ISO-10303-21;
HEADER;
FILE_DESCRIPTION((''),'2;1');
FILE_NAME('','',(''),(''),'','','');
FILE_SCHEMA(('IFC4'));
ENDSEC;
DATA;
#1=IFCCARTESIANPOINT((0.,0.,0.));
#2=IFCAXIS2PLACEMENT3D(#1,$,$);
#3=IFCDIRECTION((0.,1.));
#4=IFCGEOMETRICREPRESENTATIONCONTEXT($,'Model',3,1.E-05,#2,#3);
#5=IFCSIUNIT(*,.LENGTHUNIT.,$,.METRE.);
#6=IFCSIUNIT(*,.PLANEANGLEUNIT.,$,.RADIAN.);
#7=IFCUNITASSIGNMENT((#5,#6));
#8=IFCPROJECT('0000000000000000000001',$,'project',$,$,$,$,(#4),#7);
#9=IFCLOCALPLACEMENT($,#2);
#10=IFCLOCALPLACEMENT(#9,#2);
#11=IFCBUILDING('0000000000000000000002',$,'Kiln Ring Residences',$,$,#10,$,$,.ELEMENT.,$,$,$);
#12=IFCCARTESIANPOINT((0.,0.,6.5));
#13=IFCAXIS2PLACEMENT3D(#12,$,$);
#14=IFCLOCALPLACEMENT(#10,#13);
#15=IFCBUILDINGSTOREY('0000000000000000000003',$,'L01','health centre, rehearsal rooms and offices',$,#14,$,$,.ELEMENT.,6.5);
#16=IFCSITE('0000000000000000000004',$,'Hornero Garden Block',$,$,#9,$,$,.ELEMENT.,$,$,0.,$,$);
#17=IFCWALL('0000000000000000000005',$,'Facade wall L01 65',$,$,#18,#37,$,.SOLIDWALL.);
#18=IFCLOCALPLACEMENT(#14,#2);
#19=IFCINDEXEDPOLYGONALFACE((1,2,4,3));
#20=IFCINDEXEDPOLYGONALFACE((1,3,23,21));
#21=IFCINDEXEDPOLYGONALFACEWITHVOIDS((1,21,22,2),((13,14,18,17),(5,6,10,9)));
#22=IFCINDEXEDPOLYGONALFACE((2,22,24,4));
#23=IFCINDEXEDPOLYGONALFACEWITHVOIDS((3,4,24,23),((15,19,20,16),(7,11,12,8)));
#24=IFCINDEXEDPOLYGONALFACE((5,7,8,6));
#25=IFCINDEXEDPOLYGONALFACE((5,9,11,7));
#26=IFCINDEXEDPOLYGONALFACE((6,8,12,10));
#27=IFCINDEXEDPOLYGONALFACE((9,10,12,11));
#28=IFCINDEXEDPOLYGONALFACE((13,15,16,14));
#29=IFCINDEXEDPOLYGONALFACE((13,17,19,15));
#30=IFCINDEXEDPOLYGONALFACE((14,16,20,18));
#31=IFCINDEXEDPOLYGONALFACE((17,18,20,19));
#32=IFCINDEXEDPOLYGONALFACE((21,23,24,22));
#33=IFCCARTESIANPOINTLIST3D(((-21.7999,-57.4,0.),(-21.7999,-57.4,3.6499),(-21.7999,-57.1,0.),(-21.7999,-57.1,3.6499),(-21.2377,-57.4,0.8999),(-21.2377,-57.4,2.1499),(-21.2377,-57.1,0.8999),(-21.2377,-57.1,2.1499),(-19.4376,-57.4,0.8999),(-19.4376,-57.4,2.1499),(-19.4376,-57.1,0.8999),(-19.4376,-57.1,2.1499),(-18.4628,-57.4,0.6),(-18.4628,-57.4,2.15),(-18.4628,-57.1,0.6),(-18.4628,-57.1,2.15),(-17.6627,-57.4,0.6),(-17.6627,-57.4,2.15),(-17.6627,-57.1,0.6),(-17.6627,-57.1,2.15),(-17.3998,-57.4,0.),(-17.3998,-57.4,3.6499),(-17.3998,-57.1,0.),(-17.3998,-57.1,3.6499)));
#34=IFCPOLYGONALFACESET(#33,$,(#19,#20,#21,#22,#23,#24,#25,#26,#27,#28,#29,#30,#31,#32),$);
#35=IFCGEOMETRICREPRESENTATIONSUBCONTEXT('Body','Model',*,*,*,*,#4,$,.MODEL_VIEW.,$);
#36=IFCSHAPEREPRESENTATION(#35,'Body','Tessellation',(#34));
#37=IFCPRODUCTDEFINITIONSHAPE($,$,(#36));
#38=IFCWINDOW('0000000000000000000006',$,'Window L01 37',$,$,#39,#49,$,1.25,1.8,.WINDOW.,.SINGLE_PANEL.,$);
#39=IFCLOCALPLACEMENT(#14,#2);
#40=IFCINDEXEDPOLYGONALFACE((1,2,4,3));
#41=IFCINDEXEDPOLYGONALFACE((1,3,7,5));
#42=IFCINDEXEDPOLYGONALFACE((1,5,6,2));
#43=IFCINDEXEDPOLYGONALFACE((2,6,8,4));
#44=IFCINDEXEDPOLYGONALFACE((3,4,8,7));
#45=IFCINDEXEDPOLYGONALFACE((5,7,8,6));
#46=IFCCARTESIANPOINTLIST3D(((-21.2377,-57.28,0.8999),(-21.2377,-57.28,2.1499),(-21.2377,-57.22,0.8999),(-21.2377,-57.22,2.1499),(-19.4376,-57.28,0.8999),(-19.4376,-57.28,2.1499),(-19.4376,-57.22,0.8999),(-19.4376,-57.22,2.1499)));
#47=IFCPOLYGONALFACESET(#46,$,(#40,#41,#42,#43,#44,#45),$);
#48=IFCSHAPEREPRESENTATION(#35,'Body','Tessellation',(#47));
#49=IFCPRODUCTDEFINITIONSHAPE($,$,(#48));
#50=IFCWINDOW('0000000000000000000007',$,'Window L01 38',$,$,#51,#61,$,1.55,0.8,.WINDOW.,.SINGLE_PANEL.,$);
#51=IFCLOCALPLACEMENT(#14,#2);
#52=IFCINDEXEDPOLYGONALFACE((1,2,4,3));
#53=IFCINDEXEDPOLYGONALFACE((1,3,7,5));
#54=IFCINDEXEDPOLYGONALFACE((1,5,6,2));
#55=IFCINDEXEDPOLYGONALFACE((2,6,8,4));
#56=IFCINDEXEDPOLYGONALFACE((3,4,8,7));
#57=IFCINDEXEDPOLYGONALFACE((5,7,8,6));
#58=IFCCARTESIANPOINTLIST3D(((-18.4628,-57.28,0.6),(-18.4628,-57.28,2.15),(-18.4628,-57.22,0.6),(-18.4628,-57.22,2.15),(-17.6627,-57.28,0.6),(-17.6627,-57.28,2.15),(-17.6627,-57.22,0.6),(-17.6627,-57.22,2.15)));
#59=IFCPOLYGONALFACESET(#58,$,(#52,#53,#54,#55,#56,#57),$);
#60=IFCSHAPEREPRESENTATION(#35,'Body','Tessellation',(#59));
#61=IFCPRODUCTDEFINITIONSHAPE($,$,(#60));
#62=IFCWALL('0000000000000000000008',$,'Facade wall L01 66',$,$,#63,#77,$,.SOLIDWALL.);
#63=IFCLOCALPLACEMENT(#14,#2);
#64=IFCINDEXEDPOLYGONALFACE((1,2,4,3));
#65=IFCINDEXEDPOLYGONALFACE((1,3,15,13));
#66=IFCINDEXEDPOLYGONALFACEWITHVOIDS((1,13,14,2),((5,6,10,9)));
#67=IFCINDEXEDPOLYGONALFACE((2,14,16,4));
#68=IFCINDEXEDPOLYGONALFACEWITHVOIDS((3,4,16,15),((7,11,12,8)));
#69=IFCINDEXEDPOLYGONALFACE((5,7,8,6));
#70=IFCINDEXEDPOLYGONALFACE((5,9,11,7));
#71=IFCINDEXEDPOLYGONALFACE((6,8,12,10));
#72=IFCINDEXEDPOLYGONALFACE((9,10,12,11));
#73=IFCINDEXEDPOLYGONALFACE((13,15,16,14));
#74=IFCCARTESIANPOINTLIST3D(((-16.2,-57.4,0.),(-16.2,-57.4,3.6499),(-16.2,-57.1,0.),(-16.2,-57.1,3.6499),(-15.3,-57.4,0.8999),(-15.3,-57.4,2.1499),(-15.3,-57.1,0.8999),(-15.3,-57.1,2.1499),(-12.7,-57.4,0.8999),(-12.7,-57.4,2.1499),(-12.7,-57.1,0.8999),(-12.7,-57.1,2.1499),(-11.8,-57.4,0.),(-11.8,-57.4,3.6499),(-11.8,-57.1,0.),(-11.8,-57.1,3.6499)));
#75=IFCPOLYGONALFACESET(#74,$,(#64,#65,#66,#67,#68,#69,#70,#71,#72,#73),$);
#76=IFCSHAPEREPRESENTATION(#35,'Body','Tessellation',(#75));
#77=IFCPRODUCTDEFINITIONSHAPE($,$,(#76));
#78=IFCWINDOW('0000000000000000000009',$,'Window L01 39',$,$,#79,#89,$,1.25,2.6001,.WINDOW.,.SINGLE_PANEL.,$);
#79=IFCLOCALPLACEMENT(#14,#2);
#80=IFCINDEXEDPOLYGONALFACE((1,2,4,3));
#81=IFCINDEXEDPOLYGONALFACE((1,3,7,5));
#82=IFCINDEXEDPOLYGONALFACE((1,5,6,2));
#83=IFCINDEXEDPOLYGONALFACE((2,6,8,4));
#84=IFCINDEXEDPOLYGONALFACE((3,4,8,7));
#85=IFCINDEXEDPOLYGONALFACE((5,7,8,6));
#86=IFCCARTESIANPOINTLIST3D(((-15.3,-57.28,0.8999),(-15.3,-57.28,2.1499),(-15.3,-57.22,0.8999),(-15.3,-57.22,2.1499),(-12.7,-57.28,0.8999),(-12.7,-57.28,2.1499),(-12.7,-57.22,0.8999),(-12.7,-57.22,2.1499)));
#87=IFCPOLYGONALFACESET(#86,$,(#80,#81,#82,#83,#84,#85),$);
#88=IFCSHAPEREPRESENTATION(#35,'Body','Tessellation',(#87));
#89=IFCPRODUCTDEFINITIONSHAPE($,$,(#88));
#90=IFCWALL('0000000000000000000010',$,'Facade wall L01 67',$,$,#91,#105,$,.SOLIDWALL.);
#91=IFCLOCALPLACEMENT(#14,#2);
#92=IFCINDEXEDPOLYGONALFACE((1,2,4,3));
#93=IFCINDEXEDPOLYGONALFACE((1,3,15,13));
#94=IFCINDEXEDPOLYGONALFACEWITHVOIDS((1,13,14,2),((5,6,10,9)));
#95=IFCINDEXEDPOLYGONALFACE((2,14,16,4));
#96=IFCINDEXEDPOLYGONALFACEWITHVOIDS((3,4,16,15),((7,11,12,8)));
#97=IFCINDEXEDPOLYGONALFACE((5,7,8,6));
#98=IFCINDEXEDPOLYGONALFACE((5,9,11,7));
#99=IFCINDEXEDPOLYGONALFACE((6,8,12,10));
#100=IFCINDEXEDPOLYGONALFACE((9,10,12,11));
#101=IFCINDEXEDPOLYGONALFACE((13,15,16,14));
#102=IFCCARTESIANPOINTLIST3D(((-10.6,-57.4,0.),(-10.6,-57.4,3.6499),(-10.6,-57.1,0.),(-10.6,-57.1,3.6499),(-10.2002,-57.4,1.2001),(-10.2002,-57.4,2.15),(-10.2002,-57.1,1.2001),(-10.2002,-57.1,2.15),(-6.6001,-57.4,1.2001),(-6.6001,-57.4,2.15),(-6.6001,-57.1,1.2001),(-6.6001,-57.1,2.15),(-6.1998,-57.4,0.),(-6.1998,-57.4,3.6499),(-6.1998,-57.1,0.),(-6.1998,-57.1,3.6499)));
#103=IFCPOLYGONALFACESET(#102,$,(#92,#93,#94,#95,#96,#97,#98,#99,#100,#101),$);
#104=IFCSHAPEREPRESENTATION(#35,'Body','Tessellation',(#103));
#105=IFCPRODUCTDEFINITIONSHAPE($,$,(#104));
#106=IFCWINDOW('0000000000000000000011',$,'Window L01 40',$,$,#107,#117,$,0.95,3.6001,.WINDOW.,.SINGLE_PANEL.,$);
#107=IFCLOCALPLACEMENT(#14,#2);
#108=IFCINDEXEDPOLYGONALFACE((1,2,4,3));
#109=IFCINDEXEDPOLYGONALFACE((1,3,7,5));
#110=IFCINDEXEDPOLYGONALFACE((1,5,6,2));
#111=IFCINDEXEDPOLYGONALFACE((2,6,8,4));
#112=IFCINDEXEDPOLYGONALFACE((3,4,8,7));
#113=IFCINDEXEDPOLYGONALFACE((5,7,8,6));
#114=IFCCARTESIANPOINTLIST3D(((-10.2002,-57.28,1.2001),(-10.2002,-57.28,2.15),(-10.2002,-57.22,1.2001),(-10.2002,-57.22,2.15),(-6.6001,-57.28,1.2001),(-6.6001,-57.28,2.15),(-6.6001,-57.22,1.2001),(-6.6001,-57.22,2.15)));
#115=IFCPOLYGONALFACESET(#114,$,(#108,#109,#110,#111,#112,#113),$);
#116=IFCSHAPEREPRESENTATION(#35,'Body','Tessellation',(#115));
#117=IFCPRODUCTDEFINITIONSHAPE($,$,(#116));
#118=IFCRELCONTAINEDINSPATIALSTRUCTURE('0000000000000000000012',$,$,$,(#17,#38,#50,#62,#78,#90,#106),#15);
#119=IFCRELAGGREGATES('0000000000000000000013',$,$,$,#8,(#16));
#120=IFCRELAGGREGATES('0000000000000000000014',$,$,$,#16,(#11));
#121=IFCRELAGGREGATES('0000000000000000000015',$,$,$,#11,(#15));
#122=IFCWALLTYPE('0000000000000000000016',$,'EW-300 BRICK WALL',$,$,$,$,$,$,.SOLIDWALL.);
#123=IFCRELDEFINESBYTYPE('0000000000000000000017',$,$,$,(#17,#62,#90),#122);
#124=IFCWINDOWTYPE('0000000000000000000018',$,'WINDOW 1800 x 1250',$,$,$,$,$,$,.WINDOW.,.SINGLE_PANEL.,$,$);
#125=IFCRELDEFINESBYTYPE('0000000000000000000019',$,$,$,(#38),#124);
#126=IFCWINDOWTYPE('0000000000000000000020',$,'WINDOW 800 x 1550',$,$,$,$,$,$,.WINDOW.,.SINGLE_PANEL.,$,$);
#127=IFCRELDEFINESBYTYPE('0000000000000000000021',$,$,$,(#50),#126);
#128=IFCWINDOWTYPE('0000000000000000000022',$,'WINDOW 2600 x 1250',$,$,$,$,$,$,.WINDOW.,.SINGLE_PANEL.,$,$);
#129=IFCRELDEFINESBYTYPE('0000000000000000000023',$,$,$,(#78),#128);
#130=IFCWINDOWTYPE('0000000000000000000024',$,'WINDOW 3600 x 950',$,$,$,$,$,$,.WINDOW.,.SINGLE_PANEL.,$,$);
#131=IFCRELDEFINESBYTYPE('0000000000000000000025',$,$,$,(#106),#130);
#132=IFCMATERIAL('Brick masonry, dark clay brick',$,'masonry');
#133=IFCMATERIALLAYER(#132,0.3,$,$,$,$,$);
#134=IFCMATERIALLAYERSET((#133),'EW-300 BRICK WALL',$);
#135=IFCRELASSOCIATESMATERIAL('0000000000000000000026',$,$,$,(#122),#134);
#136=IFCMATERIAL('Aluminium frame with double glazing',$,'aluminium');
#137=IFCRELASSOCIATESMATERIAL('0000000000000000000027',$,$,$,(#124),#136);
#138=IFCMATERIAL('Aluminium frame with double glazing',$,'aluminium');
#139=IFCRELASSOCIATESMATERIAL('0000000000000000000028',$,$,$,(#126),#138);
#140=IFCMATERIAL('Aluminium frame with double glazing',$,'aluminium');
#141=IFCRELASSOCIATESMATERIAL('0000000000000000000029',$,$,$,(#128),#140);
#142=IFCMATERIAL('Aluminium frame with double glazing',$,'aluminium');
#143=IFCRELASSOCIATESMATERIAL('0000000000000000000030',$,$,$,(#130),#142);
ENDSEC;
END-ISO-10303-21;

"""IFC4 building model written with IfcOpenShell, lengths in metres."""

from ifc_helpers import new_model, si_unit, direction, frame, frame_2d, origin, place, context, subcontext, project, spatial, rectangle, extrude, material, layer, layer_set, type_object, element, fill, save


model = new_model("IFC4")

# Units and contexts
model_context = context("Model", 3, precision=1e-05, world=origin(), true_north=direction((0.0, 1.0)))
body_context = subcontext(model_context, "Body", "Model", "MODEL_VIEW")
ifc_project = project(units=[si_unit("LENGTHUNIT", "METRE"), si_unit("PLANEANGLEUNIT", "RADIAN")], contexts=[model_context])

# Site, building, storey
site_placement = place(None, origin())
site = spatial("IfcSite", under=ifc_project, at=site_placement, Name="Hornero Garden Block", CompositionType="ELEMENT", RefElevation=0.0)
building_placement = place(site_placement, origin())
building = spatial("IfcBuilding", under=site, at=building_placement, Name="Kiln Ring Residences", CompositionType="ELEMENT")
storey_placement = place(building_placement, frame((0.0, 0.0, 6.5)))
storey = spatial("IfcBuildingStorey", under=building, at=storey_placement, Name="L01", Description="health centre, rehearsal rooms and offices", CompositionType="ELEMENT", Elevation=6.5)

# Shared definitions
ifc_material_1 = material(Name="Brick masonry, dark clay brick", Category="masonry")
ifc_layer = layer(ifc_material_1, 0.3)
ifc_layer_set = layer_set([ifc_layer], Name="EW-300 BRICK WALL")
wall_type = type_object("IfcWallType", Name="EW-300 BRICK WALL", PredefinedType="SOLIDWALL", material=ifc_layer_set)
ifc_material_2 = material(Name="Aluminium frame with double glazing", Category="aluminium")
window_type_1 = type_object("IfcWindowType", Name="WINDOW 1800 x 1250", PartitioningType="SINGLE_PANEL", PredefinedType="WINDOW", material=ifc_material_2)

# Wall, openings, windows
wall_1_placement = place(storey_placement, frame((-21.8, -57.25, 0.0), z_axis=(0.0, 0.0, 1.0), x_axis=(1.0, 0.0, 0.0)))
wall_1 = element("IfcWall", 1, at=wall_1_placement, inside=storey, type_object=wall_type, Name="Facade wall L01 65", PredefinedType="SOLIDWALL", context=body_context, shape_type="SweptSolid", body=[
    extrude(rectangle(XDim=4.4001, YDim=0.3, at=frame_2d((2.2002, 0.0))), origin(), (0.0, 0.0, 1.0), 3.6499),
])
opening_1_placement = place(wall_1_placement, frame((0.5625, 0.0, 0.8999)))
opening_1 = element("IfcOpeningElement", 2, at=opening_1_placement, cuts=wall_1, PredefinedType="OPENING", context=body_context, shape_type="SweptSolid", body=[
    extrude(rectangle(XDim=1.8, YDim=1.25, at=frame_2d((0.8999, 0.625))), frame((0.0, 0.1599, 0.0), z_axis=(0.0, -1.0, 0.0), x_axis=(1.0, 0.0, 0.0)), (0.0, 0.0, 1.0), 0.3201),
])
opening_2_placement = place(wall_1_placement, frame((3.3374, 0.0, 0.6001)))
opening_2 = element("IfcOpeningElement", 3, at=opening_2_placement, cuts=wall_1, PredefinedType="OPENING", context=body_context, shape_type="SweptSolid", body=[
    extrude(rectangle(XDim=0.8, YDim=1.55, at=frame_2d((0.3999, 0.7749))), frame((0.0, 0.1599, 0.0), z_axis=(0.0, -1.0, 0.0), x_axis=(1.0, 0.0, 0.0)), (0.0, 0.0, 1.0), 0.3201),
])
window_1_placement = place(opening_1_placement, origin())
window_1 = element("IfcWindow", 4, at=window_1_placement, inside=storey, type_object=window_type_1, Name="Window L01 37", OverallHeight=1.25, OverallWidth=1.8, PartitioningType="SINGLE_PANEL", PredefinedType="WINDOW", context=body_context, shape_type="SweptSolid", body=[
    extrude(rectangle(XDim=1.8, YDim=1.25, at=frame_2d((0.8999, 0.625))), frame((0.0, 0.03, 0.0), z_axis=(0.0, -1.0, 0.0), x_axis=(1.0, 0.0, 0.0)), (0.0, 0.0, 1.0), 0.0601),
])
fill(opening_1, window_1)
ifc_material_3 = material(Name="Aluminium frame with double glazing", Category="aluminium")
window_type_2 = type_object("IfcWindowType", Name="WINDOW 800 x 1550", PartitioningType="SINGLE_PANEL", PredefinedType="WINDOW", material=ifc_material_3)
window_2_placement = place(opening_2_placement, origin())
window_2 = element("IfcWindow", 5, at=window_2_placement, inside=storey, type_object=window_type_2, Name="Window L01 38", OverallHeight=1.55, OverallWidth=0.8, PartitioningType="SINGLE_PANEL", PredefinedType="WINDOW", context=body_context, shape_type="SweptSolid", body=[
    extrude(rectangle(XDim=0.8, YDim=1.55, at=frame_2d((0.3999, 0.7749))), frame((0.0, 0.03, 0.0), z_axis=(0.0, -1.0, 0.0), x_axis=(1.0, 0.0, 0.0)), (0.0, 0.0, 1.0), 0.0601),
])
fill(opening_2, window_2)

# Walls, openings, windows
wall_2_placement = place(storey_placement, frame((-16.2, -57.25, 0.0), z_axis=(0.0, 0.0, 1.0), x_axis=(1.0, 0.0, 0.0)))
wall_2 = element("IfcWall", 6, at=wall_2_placement, inside=storey, type_object=wall_type, Name="Facade wall L01 66", PredefinedType="SOLIDWALL", context=body_context, shape_type="SweptSolid", body=[
    extrude(rectangle(XDim=4.3999, YDim=0.3, at=frame_2d((2.2, 0.0))), origin(), (0.0, 0.0, 1.0), 3.6499),
])
opening_3_placement = place(wall_2_placement, frame((0.8999, 0.0, 0.8999)))
opening_3 = element("IfcOpeningElement", 7, at=opening_3_placement, cuts=wall_2, PredefinedType="OPENING", context=body_context, shape_type="SweptSolid", body=[
    extrude(rectangle(XDim=2.6001, YDim=1.25, at=frame_2d((1.3, 0.625))), frame((0.0, 0.1599, 0.0), z_axis=(0.0, -1.0, 0.0), x_axis=(1.0, 0.0, 0.0)), (0.0, 0.0, 1.0), 0.3201),
])
ifc_material_4 = material(Name="Aluminium frame with double glazing", Category="aluminium")
window_type_3 = type_object("IfcWindowType", Name="WINDOW 2600 x 1250", PartitioningType="SINGLE_PANEL", PredefinedType="WINDOW", material=ifc_material_4)
window_3_placement = place(opening_3_placement, origin())
window_3 = element("IfcWindow", 8, at=window_3_placement, inside=storey, type_object=window_type_3, Name="Window L01 39", OverallHeight=1.25, OverallWidth=2.6001, PartitioningType="SINGLE_PANEL", PredefinedType="WINDOW", context=body_context, shape_type="SweptSolid", body=[
    extrude(rectangle(XDim=2.6001, YDim=1.25, at=frame_2d((1.3, 0.625))), frame((0.0, 0.03, 0.0), z_axis=(0.0, -1.0, 0.0), x_axis=(1.0, 0.0, 0.0)), (0.0, 0.0, 1.0), 0.0601),
])
fill(opening_3, window_3)
wall_3_placement = place(storey_placement, frame((-10.6001, -57.25, 0.0), z_axis=(0.0, 0.0, 1.0), x_axis=(1.0, 0.0, 0.0)))
wall_3 = element("IfcWall", 9, at=wall_3_placement, inside=storey, type_object=wall_type, Name="Facade wall L01 67", PredefinedType="SOLIDWALL", context=body_context, shape_type="SweptSolid", body=[
    extrude(rectangle(XDim=4.4001, YDim=0.3, at=frame_2d((2.2002, 0.0))), origin(), (0.0, 0.0, 1.0), 3.6499),
])
opening_4_placement = place(wall_3_placement, frame((0.3999, 0.0, 1.2)))
opening_4 = element("IfcOpeningElement", 10, at=opening_4_placement, cuts=wall_3, PredefinedType="OPENING", context=body_context, shape_type="SweptSolid", body=[
    extrude(rectangle(XDim=3.6001, YDim=0.95, at=frame_2d((1.8, 0.4751))), frame((0.0, 0.1599, 0.0), z_axis=(0.0, -1.0, 0.0), x_axis=(1.0, 0.0, 0.0)), (0.0, 0.0, 1.0), 0.3201),
])
ifc_material_5 = material(Name="Aluminium frame with double glazing", Category="aluminium")
window_type_4 = type_object("IfcWindowType", Name="WINDOW 3600 x 950", PartitioningType="SINGLE_PANEL", PredefinedType="WINDOW", material=ifc_material_5)
window_4_placement = place(opening_4_placement, origin())
window_4 = element("IfcWindow", 11, at=window_4_placement, inside=storey, type_object=window_type_4, Name="Window L01 40", OverallHeight=0.95, OverallWidth=3.6001, PartitioningType="SINGLE_PANEL", PredefinedType="WINDOW", context=body_context, shape_type="SweptSolid", body=[
    extrude(rectangle(XDim=3.6001, YDim=0.95, at=frame_2d((1.8, 0.4751))), frame((0.0, 0.03, 0.0), z_axis=(0.0, -1.0, 0.0), x_axis=(1.0, 0.0, 0.0)), (0.0, 0.0, 1.0), 0.0601),
])
fill(opening_4, window_4)

save(model, "model.ifc")
